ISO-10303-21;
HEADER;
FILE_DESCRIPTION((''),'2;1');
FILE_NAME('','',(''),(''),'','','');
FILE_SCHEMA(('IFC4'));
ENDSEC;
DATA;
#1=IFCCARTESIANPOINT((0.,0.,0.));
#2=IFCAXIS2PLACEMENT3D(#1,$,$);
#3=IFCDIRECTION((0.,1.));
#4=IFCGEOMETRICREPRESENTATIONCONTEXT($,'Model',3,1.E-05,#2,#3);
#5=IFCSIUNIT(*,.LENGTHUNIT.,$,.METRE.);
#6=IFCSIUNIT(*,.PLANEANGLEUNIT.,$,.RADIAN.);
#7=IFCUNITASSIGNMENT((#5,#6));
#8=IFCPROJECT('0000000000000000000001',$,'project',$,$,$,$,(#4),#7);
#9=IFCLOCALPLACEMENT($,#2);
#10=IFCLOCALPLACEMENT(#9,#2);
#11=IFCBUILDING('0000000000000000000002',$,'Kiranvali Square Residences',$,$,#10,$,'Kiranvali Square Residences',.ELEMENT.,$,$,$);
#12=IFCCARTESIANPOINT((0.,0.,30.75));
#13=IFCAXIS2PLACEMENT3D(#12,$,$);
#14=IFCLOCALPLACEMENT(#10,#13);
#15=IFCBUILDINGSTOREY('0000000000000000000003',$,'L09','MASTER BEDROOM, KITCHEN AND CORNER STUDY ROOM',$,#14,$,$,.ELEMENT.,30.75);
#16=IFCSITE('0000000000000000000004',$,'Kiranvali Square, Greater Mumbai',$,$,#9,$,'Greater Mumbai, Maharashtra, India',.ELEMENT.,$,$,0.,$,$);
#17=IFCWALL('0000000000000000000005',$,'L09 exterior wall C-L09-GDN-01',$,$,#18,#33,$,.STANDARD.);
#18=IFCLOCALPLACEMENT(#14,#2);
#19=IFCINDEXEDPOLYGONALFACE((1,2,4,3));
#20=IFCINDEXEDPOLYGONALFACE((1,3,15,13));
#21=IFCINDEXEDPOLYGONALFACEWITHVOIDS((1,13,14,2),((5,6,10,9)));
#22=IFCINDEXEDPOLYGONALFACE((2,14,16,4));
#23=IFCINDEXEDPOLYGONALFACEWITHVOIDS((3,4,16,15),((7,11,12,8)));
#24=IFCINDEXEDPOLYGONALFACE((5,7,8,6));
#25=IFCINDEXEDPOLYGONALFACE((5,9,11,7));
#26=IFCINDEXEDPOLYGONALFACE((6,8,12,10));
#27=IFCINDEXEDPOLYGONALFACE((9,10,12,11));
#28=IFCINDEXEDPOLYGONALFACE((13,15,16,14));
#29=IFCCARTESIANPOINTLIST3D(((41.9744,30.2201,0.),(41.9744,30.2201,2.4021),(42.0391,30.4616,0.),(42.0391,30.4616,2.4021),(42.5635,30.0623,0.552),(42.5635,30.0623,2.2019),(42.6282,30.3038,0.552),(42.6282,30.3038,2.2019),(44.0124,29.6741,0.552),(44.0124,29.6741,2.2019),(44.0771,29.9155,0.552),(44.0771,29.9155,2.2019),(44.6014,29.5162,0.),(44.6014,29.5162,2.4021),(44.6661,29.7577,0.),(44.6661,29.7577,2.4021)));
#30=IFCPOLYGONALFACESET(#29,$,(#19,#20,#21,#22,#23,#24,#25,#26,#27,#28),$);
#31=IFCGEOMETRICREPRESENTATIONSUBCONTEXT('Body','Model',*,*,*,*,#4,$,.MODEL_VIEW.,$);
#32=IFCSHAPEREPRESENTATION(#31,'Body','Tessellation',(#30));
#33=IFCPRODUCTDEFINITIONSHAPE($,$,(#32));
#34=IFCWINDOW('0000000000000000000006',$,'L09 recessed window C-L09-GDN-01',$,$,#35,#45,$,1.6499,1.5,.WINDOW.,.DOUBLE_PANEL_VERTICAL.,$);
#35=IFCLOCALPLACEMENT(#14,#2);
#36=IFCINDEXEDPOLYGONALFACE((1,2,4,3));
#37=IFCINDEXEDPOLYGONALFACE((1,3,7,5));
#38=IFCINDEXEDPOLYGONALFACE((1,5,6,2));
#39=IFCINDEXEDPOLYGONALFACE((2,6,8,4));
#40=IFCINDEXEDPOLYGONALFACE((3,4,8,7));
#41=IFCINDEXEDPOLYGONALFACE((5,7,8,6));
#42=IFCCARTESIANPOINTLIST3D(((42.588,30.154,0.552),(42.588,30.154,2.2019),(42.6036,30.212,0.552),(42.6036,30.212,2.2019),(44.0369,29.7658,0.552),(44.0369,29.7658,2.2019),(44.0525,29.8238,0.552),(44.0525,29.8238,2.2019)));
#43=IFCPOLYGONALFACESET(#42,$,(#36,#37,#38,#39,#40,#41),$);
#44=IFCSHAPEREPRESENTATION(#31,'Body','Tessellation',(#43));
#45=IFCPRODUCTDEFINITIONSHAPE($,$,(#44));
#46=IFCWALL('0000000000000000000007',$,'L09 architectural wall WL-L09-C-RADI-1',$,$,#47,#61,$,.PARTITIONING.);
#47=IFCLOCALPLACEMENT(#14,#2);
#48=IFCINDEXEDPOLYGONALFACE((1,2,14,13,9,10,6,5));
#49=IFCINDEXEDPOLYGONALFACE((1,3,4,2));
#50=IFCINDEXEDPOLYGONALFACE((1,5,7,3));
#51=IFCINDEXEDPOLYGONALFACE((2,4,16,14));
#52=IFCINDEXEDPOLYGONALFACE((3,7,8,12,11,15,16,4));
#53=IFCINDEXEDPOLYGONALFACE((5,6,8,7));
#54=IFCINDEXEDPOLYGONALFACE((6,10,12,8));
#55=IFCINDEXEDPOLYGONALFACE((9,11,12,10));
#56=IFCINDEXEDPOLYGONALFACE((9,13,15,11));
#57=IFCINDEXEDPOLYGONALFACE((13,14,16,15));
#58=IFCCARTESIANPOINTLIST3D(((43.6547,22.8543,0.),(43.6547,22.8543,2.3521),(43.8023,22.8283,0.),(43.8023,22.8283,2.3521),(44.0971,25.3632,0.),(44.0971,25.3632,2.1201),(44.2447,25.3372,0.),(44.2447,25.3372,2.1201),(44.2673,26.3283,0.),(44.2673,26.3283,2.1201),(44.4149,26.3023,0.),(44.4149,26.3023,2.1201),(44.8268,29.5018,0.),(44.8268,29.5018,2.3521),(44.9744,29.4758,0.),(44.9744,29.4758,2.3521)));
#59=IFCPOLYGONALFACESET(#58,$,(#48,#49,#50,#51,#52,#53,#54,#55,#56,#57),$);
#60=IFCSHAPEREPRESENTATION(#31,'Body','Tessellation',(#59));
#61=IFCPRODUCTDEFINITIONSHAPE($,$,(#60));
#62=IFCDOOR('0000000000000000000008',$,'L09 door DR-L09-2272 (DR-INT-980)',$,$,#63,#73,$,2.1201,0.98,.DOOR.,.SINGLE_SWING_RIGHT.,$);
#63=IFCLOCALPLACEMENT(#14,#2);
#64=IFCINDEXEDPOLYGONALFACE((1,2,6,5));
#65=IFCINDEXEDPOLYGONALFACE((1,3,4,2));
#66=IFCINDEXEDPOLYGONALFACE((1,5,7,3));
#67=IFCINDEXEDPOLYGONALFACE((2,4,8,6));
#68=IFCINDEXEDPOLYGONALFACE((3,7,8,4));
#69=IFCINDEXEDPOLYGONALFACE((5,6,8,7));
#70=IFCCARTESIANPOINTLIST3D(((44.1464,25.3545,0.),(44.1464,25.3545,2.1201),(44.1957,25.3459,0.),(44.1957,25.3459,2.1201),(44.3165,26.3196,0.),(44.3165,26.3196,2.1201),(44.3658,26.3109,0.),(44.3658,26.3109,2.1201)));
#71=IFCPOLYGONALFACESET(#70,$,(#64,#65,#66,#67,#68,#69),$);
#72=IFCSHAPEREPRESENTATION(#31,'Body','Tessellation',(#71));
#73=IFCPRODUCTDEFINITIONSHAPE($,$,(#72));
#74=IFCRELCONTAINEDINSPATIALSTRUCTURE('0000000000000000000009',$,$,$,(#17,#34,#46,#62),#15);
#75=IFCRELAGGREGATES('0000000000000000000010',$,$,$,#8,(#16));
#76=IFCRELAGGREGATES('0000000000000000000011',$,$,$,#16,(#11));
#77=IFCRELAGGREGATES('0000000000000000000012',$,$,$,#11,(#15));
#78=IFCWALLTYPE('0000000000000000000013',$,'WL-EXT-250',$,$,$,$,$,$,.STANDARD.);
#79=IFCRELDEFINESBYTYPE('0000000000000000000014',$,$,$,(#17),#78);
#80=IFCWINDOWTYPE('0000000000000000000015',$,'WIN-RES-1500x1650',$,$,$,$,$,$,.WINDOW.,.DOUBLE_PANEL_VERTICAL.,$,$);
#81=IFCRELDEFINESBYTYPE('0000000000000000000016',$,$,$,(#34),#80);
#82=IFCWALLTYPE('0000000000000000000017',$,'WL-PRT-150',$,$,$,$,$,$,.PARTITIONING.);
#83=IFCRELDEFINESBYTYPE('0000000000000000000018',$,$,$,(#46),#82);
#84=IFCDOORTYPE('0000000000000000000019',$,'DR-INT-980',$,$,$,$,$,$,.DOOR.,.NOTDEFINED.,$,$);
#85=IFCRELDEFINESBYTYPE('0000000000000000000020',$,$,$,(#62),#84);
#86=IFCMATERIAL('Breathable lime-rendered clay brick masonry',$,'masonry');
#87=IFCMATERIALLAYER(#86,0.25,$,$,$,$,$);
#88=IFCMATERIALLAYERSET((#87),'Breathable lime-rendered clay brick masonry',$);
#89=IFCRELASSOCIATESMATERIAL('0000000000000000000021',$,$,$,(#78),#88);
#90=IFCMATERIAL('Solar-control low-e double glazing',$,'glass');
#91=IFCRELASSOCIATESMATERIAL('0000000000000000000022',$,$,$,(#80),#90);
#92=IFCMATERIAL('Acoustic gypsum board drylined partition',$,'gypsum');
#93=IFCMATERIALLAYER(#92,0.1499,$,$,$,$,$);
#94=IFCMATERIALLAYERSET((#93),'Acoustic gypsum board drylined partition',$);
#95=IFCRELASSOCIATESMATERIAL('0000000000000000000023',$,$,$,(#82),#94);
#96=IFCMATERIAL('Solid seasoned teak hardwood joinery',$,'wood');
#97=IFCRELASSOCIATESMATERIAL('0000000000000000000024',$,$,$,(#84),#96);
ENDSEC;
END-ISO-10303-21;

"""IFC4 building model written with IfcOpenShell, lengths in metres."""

from ifc_helpers import new_model, si_unit, direction, frame, frame_2d, origin, place, context, subcontext, project, spatial, rectangle, extrude, material, layer, layer_set, type_object, element, fill, save


model = new_model("IFC4")

# Units and contexts
model_context = context("Model", 3, precision=1e-05, world=origin(), true_north=direction((0.0, 1.0)))
body_context = subcontext(model_context, "Body", "Model", "MODEL_VIEW")
ifc_project = project(units=[si_unit("LENGTHUNIT", "METRE"), si_unit("PLANEANGLEUNIT", "RADIAN")], contexts=[model_context])

# Site, building, storey
site_placement = place(None, origin())
site = spatial("IfcSite", under=ifc_project, at=site_placement, Name="Kiranvali Square, Greater Mumbai", LongName="Greater Mumbai, Maharashtra, India", CompositionType="ELEMENT", RefElevation=0.0)
building_placement = place(site_placement, origin())
building = spatial("IfcBuilding", under=site, at=building_placement, Name="Kiranvali Square Residences", LongName="Kiranvali Square Residences", CompositionType="ELEMENT")
storey_placement = place(building_placement, frame((0.0, 0.0, 30.75)))
storey = spatial("IfcBuildingStorey", under=building, at=storey_placement, Name="L09", Description="MASTER BEDROOM, KITCHEN AND CORNER STUDY ROOM", CompositionType="ELEMENT", Elevation=30.75)

# Wall, opening, window
ifc_material_1 = material(Name="Breathable lime-rendered clay brick masonry", Category="masonry")
ifc_layer_1 = layer(ifc_material_1, 0.25)
ifc_layer_set_1 = layer_set([ifc_layer_1], Name="Breathable lime-rendered clay brick masonry")
wall_type_1 = type_object("IfcWallType", Name="WL-EXT-250", PredefinedType="STANDARD", material=ifc_layer_set_1)
ifc_material_2 = material(Name="Solar-control low-e double glazing", Category="glass")
wall_1_placement = place(storey_placement, frame((44.6338, 29.637, 0.0), z_axis=(0.0, 0.0, 1.0), x_axis=(-0.965929, 0.258808, 0.0)))
wall_1 = element("IfcWall", 1, at=wall_1_placement, inside=storey, type_object=wall_type_1, Name="L09 exterior wall C-L09-GDN-01", PredefinedType="STANDARD", context=body_context, shape_type="SweptSolid", body=[
    extrude(rectangle(XDim=2.7197, YDim=0.25, at=frame_2d((1.3599, 0.0))), origin(), (0.0, 0.0, 1.0), 2.4021),
])
opening_1_placement = place(wall_1_placement, frame((0.6099, 0.0, 0.552)))
opening_1 = element("IfcOpeningElement", 2, at=opening_1_placement, cuts=wall_1, PredefinedType="OPENING", context=body_context, shape_type="SweptSolid", body=[
    extrude(rectangle(XDim=1.5, YDim=1.6499, at=frame_2d((0.75, 0.825))), frame((0.0, 0.135, 0.0), z_axis=(0.0, -1.0, 0.0), x_axis=(1.0, 0.0, 0.0)), (0.0, 0.0, 1.0), 0.27),
])
window_type_1 = type_object("IfcWindowType", Name="WIN-RES-1500x1650", PartitioningType="DOUBLE_PANEL_VERTICAL", PredefinedType="WINDOW", material=ifc_material_2)
window_1_placement = place(opening_1_placement, origin())
window_1 = element("IfcWindow", 3, at=window_1_placement, inside=storey, type_object=window_type_1, Name="L09 recessed window C-L09-GDN-01", OverallHeight=1.6499, OverallWidth=1.5, PartitioningType="DOUBLE_PANEL_VERTICAL", PredefinedType="WINDOW", context=body_context, shape_type="SweptSolid", body=[
    extrude(rectangle(XDim=1.5, YDim=1.6499, at=frame_2d((0.75, 0.825))), frame((0.0, 0.03, 0.0), z_axis=(0.0, -1.0, 0.0), x_axis=(1.0, 0.0, 0.0)), (0.0, 0.0, 1.0), 0.0601),
])
fill(opening_1, window_1)

# Wall, opening, door
ifc_material_3 = material(Name="Acoustic gypsum board drylined partition", Category="gypsum")
ifc_layer_2 = layer(ifc_material_3, 0.1499)
ifc_layer_set_2 = layer_set([ifc_layer_2], Name="Acoustic gypsum board drylined partition")
wall_type_2 = type_object("IfcWallType", Name="WL-PRT-150", PredefinedType="PARTITIONING", material=ifc_layer_set_2)
wall_2_placement = place(storey_placement, frame((44.9006, 29.4888, 0.0), z_axis=(0.0, 0.0, 1.0), x_axis=(-0.173647, -0.984808, 0.0)))
wall_2 = element("IfcWall", 4, at=wall_2_placement, inside=storey, type_object=wall_type_2, Name="L09 architectural wall WL-L09-C-RADI-1", PredefinedType="PARTITIONING", context=body_context, shape_type="SweptSolid", body=[
    extrude(rectangle(XDim=6.75, YDim=0.1499, at=frame_2d((3.375, 0.0))), origin(), (0.0, 0.0, 1.0), 2.3521),
])
opening_2_placement = place(wall_2_placement, frame((3.2224, 0.0, 0.0)))
opening_2 = element("IfcOpeningElement", 5, at=opening_2_placement, cuts=wall_2, PredefinedType="OPENING", context=body_context, shape_type="SweptSolid", body=[
    extrude(rectangle(XDim=0.98, YDim=2.1201, at=frame_2d((0.49, 1.0601))), frame((0.0, 0.085, 0.0), z_axis=(0.0, -1.0, 0.0), x_axis=(1.0, 0.0, 0.0)), (0.0, 0.0, 1.0), 0.1699),
])
ifc_material_4 = material(Name="Solid seasoned teak hardwood joinery", Category="wood")
door_type_1 = type_object("IfcDoorType", Name="DR-INT-980", OperationType="NOTDEFINED", PredefinedType="DOOR", material=ifc_material_4)
door_1_placement = place(opening_2_placement, frame((0.98, 0.0, 0.0), z_axis=(0.0, 0.0, 1.0), x_axis=(-1.0, 0.0, 0.0)))
door_1 = element("IfcDoor", 6, at=door_1_placement, inside=storey, type_object=door_type_1, Name="L09 door DR-L09-2272 (DR-INT-980)", OperationType="SINGLE_SWING_RIGHT", OverallHeight=2.1201, OverallWidth=0.98, PredefinedType="DOOR", context=body_context, shape_type="SweptSolid", body=[
    extrude(rectangle(XDim=0.98, YDim=2.1201, at=frame_2d((0.49, 1.0601))), frame((0.0, 0.0249, 0.0), z_axis=(0.0, -1.0, 0.0), x_axis=(1.0, 0.0, 0.0)), (0.0, 0.0, 1.0), 0.05),
])
fill(opening_2, door_1)

save(model, "model.ifc")
